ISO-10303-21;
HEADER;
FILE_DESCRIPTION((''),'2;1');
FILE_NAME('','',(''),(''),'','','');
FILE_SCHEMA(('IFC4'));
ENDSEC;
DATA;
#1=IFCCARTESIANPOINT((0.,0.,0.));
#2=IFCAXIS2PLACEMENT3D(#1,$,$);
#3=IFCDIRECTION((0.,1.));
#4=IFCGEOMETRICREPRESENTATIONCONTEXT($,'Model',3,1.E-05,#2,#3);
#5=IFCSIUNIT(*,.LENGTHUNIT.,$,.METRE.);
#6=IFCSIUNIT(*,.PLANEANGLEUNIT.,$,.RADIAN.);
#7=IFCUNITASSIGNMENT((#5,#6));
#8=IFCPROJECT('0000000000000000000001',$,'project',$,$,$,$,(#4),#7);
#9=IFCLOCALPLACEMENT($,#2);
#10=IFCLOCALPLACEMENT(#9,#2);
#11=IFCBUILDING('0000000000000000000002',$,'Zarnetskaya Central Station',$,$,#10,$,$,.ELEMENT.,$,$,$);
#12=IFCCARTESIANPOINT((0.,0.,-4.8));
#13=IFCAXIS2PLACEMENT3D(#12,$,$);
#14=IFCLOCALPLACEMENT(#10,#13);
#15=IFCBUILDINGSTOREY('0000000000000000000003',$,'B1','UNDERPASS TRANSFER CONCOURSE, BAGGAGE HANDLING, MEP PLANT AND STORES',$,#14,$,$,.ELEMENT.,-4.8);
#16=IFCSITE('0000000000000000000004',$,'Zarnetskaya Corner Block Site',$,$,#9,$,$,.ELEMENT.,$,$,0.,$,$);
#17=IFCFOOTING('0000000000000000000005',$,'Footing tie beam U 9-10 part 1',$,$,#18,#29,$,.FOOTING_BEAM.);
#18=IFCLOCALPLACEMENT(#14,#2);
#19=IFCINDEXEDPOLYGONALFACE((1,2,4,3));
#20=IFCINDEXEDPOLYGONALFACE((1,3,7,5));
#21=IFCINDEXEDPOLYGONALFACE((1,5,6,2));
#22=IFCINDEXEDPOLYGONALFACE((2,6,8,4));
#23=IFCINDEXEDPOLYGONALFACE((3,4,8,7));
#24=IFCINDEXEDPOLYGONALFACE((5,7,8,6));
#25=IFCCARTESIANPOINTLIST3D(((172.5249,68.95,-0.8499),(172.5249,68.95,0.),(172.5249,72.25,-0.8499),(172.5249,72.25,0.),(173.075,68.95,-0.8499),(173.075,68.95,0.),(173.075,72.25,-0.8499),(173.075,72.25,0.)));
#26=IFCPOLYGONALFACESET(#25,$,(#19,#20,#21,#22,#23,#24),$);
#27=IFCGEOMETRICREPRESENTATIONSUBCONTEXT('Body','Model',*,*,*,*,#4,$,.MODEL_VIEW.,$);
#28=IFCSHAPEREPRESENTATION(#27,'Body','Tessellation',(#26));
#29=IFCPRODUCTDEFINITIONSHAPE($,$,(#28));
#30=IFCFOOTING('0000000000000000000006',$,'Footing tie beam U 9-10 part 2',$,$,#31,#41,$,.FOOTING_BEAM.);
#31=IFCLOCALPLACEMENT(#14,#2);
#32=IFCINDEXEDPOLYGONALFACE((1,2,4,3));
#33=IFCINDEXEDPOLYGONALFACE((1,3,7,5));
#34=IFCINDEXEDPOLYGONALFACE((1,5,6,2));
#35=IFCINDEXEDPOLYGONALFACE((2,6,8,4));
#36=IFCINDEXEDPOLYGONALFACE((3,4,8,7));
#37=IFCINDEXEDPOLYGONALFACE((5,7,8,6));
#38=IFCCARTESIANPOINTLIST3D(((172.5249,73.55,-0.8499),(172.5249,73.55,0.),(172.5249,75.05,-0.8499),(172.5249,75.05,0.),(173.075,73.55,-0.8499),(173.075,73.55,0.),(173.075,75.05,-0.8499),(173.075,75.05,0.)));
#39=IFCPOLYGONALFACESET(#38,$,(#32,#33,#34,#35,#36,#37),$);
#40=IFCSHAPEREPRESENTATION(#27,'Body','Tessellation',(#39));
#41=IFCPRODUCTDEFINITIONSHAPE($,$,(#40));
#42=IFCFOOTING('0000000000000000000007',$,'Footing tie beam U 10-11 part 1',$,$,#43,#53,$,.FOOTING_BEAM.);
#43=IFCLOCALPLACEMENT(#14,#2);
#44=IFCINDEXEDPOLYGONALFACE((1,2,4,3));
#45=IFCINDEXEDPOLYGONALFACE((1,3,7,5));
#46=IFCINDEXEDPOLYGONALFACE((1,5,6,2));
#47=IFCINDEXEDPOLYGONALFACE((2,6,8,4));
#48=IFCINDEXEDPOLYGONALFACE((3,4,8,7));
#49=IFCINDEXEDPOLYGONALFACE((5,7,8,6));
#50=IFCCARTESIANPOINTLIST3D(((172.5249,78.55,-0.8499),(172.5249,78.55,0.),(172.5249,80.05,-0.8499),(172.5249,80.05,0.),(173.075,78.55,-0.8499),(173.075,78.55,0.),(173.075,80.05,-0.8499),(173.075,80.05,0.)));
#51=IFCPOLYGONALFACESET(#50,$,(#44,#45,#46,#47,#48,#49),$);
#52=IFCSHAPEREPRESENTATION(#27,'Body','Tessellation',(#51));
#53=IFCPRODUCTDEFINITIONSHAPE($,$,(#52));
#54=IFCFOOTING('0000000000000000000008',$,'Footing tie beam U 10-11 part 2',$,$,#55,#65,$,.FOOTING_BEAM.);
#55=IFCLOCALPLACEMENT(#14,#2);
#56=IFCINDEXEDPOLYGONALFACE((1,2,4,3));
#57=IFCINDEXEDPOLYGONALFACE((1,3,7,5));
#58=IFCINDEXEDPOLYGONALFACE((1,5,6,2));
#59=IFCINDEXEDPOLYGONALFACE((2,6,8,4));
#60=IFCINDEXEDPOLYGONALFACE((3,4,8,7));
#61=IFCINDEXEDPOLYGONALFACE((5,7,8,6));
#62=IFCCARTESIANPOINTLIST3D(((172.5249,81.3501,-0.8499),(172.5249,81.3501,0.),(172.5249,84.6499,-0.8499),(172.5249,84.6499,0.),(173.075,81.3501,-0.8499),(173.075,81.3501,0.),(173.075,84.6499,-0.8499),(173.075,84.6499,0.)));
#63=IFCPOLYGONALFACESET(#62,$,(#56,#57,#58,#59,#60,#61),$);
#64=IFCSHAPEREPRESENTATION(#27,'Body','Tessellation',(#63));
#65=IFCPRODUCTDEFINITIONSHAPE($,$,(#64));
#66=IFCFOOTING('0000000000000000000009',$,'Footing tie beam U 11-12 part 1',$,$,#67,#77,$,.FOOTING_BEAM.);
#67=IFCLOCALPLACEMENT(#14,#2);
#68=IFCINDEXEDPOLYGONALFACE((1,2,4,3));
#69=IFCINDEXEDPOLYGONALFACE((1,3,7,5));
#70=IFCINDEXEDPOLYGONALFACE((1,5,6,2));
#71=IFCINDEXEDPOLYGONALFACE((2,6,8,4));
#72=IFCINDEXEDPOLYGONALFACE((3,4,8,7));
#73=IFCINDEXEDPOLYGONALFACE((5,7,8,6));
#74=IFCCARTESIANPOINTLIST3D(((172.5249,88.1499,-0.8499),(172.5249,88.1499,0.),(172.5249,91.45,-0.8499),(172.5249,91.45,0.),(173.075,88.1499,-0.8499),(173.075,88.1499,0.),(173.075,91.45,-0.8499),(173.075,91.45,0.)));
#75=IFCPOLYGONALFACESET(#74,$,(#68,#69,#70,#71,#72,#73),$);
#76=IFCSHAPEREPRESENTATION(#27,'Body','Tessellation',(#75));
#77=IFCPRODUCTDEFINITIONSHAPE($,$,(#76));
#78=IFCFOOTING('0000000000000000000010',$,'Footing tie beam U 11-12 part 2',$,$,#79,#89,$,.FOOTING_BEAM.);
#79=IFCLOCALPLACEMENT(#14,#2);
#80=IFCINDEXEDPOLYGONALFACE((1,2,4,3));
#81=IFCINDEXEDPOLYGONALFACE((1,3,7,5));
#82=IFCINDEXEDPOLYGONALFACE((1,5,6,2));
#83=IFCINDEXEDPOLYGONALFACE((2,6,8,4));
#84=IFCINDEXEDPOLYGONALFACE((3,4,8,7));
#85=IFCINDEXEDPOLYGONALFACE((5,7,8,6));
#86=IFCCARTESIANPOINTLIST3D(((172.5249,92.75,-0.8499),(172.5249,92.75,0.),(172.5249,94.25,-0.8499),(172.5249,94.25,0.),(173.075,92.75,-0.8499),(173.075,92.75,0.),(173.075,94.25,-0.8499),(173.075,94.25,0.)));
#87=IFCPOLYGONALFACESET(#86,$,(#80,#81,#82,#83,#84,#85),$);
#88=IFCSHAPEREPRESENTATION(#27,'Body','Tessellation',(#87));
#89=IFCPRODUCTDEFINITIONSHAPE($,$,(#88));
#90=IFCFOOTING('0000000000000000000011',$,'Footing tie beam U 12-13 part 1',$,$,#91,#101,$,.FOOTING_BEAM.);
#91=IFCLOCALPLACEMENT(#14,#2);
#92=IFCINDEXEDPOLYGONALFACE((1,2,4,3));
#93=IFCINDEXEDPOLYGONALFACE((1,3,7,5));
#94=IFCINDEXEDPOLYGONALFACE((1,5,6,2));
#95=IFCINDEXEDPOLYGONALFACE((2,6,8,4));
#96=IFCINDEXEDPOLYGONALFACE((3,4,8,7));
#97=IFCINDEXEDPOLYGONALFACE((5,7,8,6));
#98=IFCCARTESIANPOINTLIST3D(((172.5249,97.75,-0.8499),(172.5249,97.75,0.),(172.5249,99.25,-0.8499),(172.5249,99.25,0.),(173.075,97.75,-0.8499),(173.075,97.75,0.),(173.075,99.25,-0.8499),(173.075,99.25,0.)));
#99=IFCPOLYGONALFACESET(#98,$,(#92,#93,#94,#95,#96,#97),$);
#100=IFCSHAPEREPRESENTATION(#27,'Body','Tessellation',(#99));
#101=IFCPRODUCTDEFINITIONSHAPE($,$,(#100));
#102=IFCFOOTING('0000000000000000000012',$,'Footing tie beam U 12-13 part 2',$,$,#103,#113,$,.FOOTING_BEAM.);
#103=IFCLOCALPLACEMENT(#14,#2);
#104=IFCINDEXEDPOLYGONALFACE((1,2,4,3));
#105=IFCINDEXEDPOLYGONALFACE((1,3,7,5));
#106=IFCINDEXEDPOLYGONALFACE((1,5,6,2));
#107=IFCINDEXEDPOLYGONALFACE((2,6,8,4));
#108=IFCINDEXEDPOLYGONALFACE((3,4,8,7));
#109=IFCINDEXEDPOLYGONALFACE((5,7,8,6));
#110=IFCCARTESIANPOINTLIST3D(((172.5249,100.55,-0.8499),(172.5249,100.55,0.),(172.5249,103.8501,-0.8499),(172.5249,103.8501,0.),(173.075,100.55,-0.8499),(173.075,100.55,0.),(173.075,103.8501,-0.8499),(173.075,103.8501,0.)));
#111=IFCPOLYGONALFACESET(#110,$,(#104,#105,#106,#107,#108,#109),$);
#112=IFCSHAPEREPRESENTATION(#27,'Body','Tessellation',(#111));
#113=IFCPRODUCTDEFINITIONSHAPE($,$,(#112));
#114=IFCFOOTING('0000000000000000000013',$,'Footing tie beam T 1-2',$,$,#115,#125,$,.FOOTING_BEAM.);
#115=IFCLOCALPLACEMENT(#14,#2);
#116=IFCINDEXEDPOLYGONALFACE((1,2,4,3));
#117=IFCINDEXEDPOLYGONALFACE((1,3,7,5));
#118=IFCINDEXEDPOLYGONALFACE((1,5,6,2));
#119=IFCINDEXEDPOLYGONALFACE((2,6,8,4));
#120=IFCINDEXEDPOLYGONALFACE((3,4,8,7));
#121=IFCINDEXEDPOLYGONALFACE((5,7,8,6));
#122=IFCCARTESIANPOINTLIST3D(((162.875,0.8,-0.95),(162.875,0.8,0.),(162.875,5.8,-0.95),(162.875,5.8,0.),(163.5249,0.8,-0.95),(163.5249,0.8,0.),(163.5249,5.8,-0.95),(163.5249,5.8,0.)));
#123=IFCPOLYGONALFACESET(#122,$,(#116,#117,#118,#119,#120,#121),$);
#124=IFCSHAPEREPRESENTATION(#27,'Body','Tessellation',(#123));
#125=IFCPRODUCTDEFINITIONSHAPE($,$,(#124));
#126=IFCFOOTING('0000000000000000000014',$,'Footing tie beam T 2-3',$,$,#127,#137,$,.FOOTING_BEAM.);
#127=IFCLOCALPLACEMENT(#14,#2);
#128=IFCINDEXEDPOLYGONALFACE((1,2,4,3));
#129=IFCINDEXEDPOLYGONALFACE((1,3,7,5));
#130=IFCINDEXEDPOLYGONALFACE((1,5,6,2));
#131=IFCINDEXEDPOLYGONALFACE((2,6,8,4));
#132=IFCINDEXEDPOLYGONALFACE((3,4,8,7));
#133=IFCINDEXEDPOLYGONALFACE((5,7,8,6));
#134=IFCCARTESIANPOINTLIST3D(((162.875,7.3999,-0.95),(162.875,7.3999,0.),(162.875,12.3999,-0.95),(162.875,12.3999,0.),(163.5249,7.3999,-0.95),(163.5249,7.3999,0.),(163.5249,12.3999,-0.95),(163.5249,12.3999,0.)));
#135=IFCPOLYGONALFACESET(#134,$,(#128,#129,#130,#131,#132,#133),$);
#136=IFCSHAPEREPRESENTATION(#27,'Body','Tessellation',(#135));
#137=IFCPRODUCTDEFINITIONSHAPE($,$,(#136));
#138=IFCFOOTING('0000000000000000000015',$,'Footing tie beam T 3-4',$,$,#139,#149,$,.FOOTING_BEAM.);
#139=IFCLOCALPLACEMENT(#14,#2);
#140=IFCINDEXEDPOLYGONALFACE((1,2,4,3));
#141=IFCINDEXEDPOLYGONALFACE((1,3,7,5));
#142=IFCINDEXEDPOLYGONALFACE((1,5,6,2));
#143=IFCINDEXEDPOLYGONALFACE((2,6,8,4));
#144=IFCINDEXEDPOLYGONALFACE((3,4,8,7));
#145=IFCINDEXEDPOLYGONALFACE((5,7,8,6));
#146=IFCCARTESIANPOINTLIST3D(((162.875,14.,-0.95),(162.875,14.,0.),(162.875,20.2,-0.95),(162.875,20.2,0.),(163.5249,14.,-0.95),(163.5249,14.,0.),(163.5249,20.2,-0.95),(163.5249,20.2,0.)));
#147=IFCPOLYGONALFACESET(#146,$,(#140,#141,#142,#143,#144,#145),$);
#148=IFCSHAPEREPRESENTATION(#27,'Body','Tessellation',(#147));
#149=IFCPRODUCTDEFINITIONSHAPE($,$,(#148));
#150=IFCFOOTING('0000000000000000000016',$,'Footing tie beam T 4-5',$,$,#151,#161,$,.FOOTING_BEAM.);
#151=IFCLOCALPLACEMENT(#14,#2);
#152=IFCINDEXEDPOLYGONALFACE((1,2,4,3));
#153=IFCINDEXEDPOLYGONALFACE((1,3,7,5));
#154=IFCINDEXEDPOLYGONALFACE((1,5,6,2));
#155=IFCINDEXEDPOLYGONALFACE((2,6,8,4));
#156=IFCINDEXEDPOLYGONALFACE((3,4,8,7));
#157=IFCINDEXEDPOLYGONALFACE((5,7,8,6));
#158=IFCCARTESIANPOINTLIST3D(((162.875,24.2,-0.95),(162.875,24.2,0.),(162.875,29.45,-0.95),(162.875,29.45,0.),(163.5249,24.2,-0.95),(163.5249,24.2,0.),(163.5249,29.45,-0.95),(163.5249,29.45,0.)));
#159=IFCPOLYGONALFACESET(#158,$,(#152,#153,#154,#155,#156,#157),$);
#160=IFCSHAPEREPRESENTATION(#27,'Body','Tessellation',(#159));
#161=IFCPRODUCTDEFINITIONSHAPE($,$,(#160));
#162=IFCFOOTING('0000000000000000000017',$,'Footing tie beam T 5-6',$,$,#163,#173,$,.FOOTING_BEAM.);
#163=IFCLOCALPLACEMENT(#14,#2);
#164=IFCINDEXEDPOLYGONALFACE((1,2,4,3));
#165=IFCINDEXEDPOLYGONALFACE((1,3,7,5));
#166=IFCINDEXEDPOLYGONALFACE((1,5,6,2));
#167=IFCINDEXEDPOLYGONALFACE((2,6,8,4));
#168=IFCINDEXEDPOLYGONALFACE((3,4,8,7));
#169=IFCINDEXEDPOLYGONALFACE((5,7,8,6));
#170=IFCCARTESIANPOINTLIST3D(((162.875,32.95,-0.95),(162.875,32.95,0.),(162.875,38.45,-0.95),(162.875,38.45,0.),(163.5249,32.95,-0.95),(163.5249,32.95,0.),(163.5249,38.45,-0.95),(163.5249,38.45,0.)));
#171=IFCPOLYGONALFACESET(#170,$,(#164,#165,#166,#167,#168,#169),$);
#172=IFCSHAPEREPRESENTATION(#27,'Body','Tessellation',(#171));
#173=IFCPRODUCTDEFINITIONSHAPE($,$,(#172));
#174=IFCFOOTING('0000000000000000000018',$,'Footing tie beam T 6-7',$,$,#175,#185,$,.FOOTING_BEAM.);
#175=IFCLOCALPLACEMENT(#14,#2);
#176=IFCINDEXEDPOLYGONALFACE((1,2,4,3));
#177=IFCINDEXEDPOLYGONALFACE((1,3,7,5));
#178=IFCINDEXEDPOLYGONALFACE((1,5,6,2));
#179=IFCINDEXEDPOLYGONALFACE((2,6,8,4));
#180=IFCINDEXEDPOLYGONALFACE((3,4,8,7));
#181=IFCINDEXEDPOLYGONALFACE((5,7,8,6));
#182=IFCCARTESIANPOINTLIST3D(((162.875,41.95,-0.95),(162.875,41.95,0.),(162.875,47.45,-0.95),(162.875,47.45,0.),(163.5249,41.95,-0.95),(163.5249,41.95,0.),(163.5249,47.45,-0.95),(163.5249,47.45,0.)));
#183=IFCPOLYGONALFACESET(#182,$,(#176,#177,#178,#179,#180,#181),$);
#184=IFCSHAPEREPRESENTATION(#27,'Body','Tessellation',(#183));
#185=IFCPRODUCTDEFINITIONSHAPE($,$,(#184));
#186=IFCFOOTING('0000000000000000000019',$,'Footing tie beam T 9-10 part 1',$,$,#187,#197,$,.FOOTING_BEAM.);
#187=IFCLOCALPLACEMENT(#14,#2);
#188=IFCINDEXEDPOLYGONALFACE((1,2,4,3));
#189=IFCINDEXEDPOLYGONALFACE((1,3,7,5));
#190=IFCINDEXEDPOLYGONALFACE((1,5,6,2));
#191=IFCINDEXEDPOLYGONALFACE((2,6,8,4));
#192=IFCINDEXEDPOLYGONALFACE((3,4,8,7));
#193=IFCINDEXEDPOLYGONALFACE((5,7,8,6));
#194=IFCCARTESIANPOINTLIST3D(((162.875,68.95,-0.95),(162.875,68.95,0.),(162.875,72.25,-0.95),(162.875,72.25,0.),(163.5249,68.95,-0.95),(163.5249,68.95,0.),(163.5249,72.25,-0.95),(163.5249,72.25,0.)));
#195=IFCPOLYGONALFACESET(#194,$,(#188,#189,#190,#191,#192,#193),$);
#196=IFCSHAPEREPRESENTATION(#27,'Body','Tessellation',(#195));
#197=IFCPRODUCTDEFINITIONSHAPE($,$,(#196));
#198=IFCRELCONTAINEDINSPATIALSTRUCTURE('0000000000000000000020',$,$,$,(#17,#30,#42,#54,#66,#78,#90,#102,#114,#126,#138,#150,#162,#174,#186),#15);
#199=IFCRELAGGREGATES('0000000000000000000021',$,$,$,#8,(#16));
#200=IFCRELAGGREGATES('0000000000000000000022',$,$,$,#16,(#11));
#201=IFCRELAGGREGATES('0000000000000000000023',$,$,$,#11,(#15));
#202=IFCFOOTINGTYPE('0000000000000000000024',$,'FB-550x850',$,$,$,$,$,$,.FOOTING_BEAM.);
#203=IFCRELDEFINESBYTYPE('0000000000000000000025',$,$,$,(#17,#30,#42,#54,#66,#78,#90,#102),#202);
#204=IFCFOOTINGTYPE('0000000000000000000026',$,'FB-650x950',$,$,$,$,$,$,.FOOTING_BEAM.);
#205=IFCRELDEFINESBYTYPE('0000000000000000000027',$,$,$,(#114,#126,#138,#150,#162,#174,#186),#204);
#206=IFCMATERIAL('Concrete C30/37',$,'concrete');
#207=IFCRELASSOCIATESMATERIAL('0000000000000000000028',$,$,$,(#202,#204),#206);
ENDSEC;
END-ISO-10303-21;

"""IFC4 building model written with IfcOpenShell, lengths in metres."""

from ifc_helpers import new_model, si_unit, direction, frame, origin, place, context, subcontext, project, spatial, polyline, outline, extrude, material, type_object, element, save


model = new_model("IFC4")

# Units and contexts
model_context = context("Model", 3, precision=1e-05, world=origin(), true_north=direction((0.0, 1.0)))
body_context = subcontext(model_context, "Body", "Model", "MODEL_VIEW")
ifc_project = project(units=[si_unit("LENGTHUNIT", "METRE"), si_unit("PLANEANGLEUNIT", "RADIAN")], contexts=[model_context])

# Site, building, storey
site_placement = place(None, origin())
site = spatial("IfcSite", under=ifc_project, at=site_placement, Name="Zarnetskaya Corner Block Site", CompositionType="ELEMENT", RefElevation=0.0)
building_placement = place(site_placement, origin())
building = spatial("IfcBuilding", under=site, at=building_placement, Name="Zarnetskaya Central Station", CompositionType="ELEMENT")
storey_placement = place(building_placement, frame((0.0, 0.0, -4.8)))
storey = spatial("IfcBuildingStorey", under=building, at=storey_placement, Name="B1", Description="UNDERPASS TRANSFER CONCOURSE, BAGGAGE HANDLING, MEP PLANT AND STORES", CompositionType="ELEMENT", Elevation=-4.8)

# Footings
ifc_material = material(Name="Concrete C30/37", Category="concrete")
footing_type_1 = type_object("IfcFootingType", Name="FB-550x850", PredefinedType="FOOTING_BEAM", material=ifc_material)
footing_1_placement = place(storey_placement, frame((0.0, 0.0, -0.8499)))
element("IfcFooting", 1, at=footing_1_placement, inside=storey, type_object=footing_type_1, Name="Footing tie beam U 9-10 part 1", PredefinedType="FOOTING_BEAM", context=body_context, shape_type="SweptSolid", body=[
    extrude(outline(polyline([(172.5249, 68.95), (173.075, 68.95), (173.075, 72.25), (172.5249, 72.25), (172.5249, 68.95)])), origin(), (0.0, 0.0, 1.0), 0.8499),
])
footing_2_placement = place(storey_placement, frame((0.0, 0.0, -0.8499)))
element("IfcFooting", 2, at=footing_2_placement, inside=storey, type_object=footing_type_1, Name="Footing tie beam U 9-10 part 2", PredefinedType="FOOTING_BEAM", context=body_context, shape_type="SweptSolid", body=[
    extrude(outline(polyline([(172.5249, 73.55), (173.075, 73.55), (173.075, 75.05), (172.5249, 75.05), (172.5249, 73.55)])), origin(), (0.0, 0.0, 1.0), 0.8499),
])
footing_3_placement = place(storey_placement, frame((0.0, 0.0, -0.8499)))
element("IfcFooting", 3, at=footing_3_placement, inside=storey, type_object=footing_type_1, Name="Footing tie beam U 10-11 part 1", PredefinedType="FOOTING_BEAM", context=body_context, shape_type="SweptSolid", body=[
    extrude(outline(polyline([(172.5249, 78.55), (173.075, 78.55), (173.075, 80.05), (172.5249, 80.05), (172.5249, 78.55)])), origin(), (0.0, 0.0, 1.0), 0.8499),
])
footing_4_placement = place(storey_placement, frame((0.0, 0.0, -0.8499)))
element("IfcFooting", 4, at=footing_4_placement, inside=storey, type_object=footing_type_1, Name="Footing tie beam U 10-11 part 2", PredefinedType="FOOTING_BEAM", context=body_context, shape_type="SweptSolid", body=[
    extrude(outline(polyline([(172.5249, 81.3501), (173.075, 81.3501), (173.075, 84.6499), (172.5249, 84.6499), (172.5249, 81.3501)])), origin(), (0.0, 0.0, 1.0), 0.8499),
])
footing_5_placement = place(storey_placement, frame((0.0, 0.0, -0.8499)))
element("IfcFooting", 5, at=footing_5_placement, inside=storey, type_object=footing_type_1, Name="Footing tie beam U 11-12 part 1", PredefinedType="FOOTING_BEAM", context=body_context, shape_type="SweptSolid", body=[
    extrude(outline(polyline([(172.5249, 88.1499), (173.075, 88.1499), (173.075, 91.45), (172.5249, 91.45), (172.5249, 88.1499)])), origin(), (0.0, 0.0, 1.0), 0.8499),
])
footing_6_placement = place(storey_placement, frame((0.0, 0.0, -0.8499)))
element("IfcFooting", 6, at=footing_6_placement, inside=storey, type_object=footing_type_1, Name="Footing tie beam U 11-12 part 2", PredefinedType="FOOTING_BEAM", context=body_context, shape_type="SweptSolid", body=[
    extrude(outline(polyline([(172.5249, 92.75), (173.075, 92.75), (173.075, 94.25), (172.5249, 94.25), (172.5249, 92.75)])), origin(), (0.0, 0.0, 1.0), 0.8499),
])
footing_7_placement = place(storey_placement, frame((0.0, 0.0, -0.8499)))
element("IfcFooting", 7, at=footing_7_placement, inside=storey, type_object=footing_type_1, Name="Footing tie beam U 12-13 part 1", PredefinedType="FOOTING_BEAM", context=body_context, shape_type="SweptSolid", body=[
    extrude(outline(polyline([(172.5249, 97.75), (173.075, 97.75), (173.075, 99.25), (172.5249, 99.25), (172.5249, 97.75)])), origin(), (0.0, 0.0, 1.0), 0.8499),
])
footing_8_placement = place(storey_placement, frame((0.0, 0.0, -0.8499)))
element("IfcFooting", 8, at=footing_8_placement, inside=storey, type_object=footing_type_1, Name="Footing tie beam U 12-13 part 2", PredefinedType="FOOTING_BEAM", context=body_context, shape_type="SweptSolid", body=[
    extrude(outline(polyline([(172.5249, 100.55), (173.075, 100.55), (173.075, 103.8501), (172.5249, 103.8501), (172.5249, 100.55)])), origin(), (0.0, 0.0, 1.0), 0.8499),
])
footing_type_2 = type_object("IfcFootingType", Name="FB-650x950", PredefinedType="FOOTING_BEAM", material=ifc_material)
footing_9_placement = place(storey_placement, frame((0.0, 0.0, -0.95)))
element("IfcFooting", 9, at=footing_9_placement, inside=storey, type_object=footing_type_2, Name="Footing tie beam T 1-2", PredefinedType="FOOTING_BEAM", context=body_context, shape_type="SweptSolid", body=[
    extrude(outline(polyline([(162.875, 0.8), (163.5249, 0.8), (163.5249, 5.8), (162.875, 5.8), (162.875, 0.8)])), origin(), (0.0, 0.0, 1.0), 0.95),
])
footing_10_placement = place(storey_placement, frame((0.0, 0.0, -0.95)))
element("IfcFooting", 10, at=footing_10_placement, inside=storey, type_object=footing_type_2, Name="Footing tie beam T 2-3", PredefinedType="FOOTING_BEAM", context=body_context, shape_type="SweptSolid", body=[
    extrude(outline(polyline([(162.875, 7.3999), (163.5249, 7.3999), (163.5249, 12.3999), (162.875, 12.3999), (162.875, 7.3999)])), origin(), (0.0, 0.0, 1.0), 0.95),
])
footing_11_placement = place(storey_placement, frame((0.0, 0.0, -0.95)))
element("IfcFooting", 11, at=footing_11_placement, inside=storey, type_object=footing_type_2, Name="Footing tie beam T 3-4", PredefinedType="FOOTING_BEAM", context=body_context, shape_type="SweptSolid", body=[
    extrude(outline(polyline([(162.875, 14.0), (163.5249, 14.0), (163.5249, 20.2), (162.875, 20.2), (162.875, 14.0)])), origin(), (0.0, 0.0, 1.0), 0.95),
])
footing_12_placement = place(storey_placement, frame((0.0, 0.0, -0.95)))
element("IfcFooting", 12, at=footing_12_placement, inside=storey, type_object=footing_type_2, Name="Footing tie beam T 4-5", PredefinedType="FOOTING_BEAM", context=body_context, shape_type="SweptSolid", body=[
    extrude(outline(polyline([(162.875, 24.2), (163.5249, 24.2), (163.5249, 29.45), (162.875, 29.45), (162.875, 24.2)])), origin(), (0.0, 0.0, 1.0), 0.95),
])
footing_13_placement = place(storey_placement, frame((0.0, 0.0, -0.95)))
element("IfcFooting", 13, at=footing_13_placement, inside=storey, type_object=footing_type_2, Name="Footing tie beam T 5-6", PredefinedType="FOOTING_BEAM", context=body_context, shape_type="SweptSolid", body=[
    extrude(outline(polyline([(162.875, 32.95), (163.5249, 32.95), (163.5249, 38.45), (162.875, 38.45), (162.875, 32.95)])), origin(), (0.0, 0.0, 1.0), 0.95),
])
footing_14_placement = place(storey_placement, frame((0.0, 0.0, -0.95)))
element("IfcFooting", 14, at=footing_14_placement, inside=storey, type_object=footing_type_2, Name="Footing tie beam T 6-7", PredefinedType="FOOTING_BEAM", context=body_context, shape_type="SweptSolid", body=[
    extrude(outline(polyline([(162.875, 41.95), (163.5249, 41.95), (163.5249, 47.45), (162.875, 47.45), (162.875, 41.95)])), origin(), (0.0, 0.0, 1.0), 0.95),
])
footing_15_placement = place(storey_placement, frame((0.0, 0.0, -0.95)))
element("IfcFooting", 15, at=footing_15_placement, inside=storey, type_object=footing_type_2, Name="Footing tie beam T 9-10 part 1", PredefinedType="FOOTING_BEAM", context=body_context, shape_type="SweptSolid", body=[
    extrude(outline(polyline([(162.875, 68.95), (163.5249, 68.95), (163.5249, 72.25), (162.875, 72.25), (162.875, 68.95)])), origin(), (0.0, 0.0, 1.0), 0.95),
])

save(model, "model.ifc")
